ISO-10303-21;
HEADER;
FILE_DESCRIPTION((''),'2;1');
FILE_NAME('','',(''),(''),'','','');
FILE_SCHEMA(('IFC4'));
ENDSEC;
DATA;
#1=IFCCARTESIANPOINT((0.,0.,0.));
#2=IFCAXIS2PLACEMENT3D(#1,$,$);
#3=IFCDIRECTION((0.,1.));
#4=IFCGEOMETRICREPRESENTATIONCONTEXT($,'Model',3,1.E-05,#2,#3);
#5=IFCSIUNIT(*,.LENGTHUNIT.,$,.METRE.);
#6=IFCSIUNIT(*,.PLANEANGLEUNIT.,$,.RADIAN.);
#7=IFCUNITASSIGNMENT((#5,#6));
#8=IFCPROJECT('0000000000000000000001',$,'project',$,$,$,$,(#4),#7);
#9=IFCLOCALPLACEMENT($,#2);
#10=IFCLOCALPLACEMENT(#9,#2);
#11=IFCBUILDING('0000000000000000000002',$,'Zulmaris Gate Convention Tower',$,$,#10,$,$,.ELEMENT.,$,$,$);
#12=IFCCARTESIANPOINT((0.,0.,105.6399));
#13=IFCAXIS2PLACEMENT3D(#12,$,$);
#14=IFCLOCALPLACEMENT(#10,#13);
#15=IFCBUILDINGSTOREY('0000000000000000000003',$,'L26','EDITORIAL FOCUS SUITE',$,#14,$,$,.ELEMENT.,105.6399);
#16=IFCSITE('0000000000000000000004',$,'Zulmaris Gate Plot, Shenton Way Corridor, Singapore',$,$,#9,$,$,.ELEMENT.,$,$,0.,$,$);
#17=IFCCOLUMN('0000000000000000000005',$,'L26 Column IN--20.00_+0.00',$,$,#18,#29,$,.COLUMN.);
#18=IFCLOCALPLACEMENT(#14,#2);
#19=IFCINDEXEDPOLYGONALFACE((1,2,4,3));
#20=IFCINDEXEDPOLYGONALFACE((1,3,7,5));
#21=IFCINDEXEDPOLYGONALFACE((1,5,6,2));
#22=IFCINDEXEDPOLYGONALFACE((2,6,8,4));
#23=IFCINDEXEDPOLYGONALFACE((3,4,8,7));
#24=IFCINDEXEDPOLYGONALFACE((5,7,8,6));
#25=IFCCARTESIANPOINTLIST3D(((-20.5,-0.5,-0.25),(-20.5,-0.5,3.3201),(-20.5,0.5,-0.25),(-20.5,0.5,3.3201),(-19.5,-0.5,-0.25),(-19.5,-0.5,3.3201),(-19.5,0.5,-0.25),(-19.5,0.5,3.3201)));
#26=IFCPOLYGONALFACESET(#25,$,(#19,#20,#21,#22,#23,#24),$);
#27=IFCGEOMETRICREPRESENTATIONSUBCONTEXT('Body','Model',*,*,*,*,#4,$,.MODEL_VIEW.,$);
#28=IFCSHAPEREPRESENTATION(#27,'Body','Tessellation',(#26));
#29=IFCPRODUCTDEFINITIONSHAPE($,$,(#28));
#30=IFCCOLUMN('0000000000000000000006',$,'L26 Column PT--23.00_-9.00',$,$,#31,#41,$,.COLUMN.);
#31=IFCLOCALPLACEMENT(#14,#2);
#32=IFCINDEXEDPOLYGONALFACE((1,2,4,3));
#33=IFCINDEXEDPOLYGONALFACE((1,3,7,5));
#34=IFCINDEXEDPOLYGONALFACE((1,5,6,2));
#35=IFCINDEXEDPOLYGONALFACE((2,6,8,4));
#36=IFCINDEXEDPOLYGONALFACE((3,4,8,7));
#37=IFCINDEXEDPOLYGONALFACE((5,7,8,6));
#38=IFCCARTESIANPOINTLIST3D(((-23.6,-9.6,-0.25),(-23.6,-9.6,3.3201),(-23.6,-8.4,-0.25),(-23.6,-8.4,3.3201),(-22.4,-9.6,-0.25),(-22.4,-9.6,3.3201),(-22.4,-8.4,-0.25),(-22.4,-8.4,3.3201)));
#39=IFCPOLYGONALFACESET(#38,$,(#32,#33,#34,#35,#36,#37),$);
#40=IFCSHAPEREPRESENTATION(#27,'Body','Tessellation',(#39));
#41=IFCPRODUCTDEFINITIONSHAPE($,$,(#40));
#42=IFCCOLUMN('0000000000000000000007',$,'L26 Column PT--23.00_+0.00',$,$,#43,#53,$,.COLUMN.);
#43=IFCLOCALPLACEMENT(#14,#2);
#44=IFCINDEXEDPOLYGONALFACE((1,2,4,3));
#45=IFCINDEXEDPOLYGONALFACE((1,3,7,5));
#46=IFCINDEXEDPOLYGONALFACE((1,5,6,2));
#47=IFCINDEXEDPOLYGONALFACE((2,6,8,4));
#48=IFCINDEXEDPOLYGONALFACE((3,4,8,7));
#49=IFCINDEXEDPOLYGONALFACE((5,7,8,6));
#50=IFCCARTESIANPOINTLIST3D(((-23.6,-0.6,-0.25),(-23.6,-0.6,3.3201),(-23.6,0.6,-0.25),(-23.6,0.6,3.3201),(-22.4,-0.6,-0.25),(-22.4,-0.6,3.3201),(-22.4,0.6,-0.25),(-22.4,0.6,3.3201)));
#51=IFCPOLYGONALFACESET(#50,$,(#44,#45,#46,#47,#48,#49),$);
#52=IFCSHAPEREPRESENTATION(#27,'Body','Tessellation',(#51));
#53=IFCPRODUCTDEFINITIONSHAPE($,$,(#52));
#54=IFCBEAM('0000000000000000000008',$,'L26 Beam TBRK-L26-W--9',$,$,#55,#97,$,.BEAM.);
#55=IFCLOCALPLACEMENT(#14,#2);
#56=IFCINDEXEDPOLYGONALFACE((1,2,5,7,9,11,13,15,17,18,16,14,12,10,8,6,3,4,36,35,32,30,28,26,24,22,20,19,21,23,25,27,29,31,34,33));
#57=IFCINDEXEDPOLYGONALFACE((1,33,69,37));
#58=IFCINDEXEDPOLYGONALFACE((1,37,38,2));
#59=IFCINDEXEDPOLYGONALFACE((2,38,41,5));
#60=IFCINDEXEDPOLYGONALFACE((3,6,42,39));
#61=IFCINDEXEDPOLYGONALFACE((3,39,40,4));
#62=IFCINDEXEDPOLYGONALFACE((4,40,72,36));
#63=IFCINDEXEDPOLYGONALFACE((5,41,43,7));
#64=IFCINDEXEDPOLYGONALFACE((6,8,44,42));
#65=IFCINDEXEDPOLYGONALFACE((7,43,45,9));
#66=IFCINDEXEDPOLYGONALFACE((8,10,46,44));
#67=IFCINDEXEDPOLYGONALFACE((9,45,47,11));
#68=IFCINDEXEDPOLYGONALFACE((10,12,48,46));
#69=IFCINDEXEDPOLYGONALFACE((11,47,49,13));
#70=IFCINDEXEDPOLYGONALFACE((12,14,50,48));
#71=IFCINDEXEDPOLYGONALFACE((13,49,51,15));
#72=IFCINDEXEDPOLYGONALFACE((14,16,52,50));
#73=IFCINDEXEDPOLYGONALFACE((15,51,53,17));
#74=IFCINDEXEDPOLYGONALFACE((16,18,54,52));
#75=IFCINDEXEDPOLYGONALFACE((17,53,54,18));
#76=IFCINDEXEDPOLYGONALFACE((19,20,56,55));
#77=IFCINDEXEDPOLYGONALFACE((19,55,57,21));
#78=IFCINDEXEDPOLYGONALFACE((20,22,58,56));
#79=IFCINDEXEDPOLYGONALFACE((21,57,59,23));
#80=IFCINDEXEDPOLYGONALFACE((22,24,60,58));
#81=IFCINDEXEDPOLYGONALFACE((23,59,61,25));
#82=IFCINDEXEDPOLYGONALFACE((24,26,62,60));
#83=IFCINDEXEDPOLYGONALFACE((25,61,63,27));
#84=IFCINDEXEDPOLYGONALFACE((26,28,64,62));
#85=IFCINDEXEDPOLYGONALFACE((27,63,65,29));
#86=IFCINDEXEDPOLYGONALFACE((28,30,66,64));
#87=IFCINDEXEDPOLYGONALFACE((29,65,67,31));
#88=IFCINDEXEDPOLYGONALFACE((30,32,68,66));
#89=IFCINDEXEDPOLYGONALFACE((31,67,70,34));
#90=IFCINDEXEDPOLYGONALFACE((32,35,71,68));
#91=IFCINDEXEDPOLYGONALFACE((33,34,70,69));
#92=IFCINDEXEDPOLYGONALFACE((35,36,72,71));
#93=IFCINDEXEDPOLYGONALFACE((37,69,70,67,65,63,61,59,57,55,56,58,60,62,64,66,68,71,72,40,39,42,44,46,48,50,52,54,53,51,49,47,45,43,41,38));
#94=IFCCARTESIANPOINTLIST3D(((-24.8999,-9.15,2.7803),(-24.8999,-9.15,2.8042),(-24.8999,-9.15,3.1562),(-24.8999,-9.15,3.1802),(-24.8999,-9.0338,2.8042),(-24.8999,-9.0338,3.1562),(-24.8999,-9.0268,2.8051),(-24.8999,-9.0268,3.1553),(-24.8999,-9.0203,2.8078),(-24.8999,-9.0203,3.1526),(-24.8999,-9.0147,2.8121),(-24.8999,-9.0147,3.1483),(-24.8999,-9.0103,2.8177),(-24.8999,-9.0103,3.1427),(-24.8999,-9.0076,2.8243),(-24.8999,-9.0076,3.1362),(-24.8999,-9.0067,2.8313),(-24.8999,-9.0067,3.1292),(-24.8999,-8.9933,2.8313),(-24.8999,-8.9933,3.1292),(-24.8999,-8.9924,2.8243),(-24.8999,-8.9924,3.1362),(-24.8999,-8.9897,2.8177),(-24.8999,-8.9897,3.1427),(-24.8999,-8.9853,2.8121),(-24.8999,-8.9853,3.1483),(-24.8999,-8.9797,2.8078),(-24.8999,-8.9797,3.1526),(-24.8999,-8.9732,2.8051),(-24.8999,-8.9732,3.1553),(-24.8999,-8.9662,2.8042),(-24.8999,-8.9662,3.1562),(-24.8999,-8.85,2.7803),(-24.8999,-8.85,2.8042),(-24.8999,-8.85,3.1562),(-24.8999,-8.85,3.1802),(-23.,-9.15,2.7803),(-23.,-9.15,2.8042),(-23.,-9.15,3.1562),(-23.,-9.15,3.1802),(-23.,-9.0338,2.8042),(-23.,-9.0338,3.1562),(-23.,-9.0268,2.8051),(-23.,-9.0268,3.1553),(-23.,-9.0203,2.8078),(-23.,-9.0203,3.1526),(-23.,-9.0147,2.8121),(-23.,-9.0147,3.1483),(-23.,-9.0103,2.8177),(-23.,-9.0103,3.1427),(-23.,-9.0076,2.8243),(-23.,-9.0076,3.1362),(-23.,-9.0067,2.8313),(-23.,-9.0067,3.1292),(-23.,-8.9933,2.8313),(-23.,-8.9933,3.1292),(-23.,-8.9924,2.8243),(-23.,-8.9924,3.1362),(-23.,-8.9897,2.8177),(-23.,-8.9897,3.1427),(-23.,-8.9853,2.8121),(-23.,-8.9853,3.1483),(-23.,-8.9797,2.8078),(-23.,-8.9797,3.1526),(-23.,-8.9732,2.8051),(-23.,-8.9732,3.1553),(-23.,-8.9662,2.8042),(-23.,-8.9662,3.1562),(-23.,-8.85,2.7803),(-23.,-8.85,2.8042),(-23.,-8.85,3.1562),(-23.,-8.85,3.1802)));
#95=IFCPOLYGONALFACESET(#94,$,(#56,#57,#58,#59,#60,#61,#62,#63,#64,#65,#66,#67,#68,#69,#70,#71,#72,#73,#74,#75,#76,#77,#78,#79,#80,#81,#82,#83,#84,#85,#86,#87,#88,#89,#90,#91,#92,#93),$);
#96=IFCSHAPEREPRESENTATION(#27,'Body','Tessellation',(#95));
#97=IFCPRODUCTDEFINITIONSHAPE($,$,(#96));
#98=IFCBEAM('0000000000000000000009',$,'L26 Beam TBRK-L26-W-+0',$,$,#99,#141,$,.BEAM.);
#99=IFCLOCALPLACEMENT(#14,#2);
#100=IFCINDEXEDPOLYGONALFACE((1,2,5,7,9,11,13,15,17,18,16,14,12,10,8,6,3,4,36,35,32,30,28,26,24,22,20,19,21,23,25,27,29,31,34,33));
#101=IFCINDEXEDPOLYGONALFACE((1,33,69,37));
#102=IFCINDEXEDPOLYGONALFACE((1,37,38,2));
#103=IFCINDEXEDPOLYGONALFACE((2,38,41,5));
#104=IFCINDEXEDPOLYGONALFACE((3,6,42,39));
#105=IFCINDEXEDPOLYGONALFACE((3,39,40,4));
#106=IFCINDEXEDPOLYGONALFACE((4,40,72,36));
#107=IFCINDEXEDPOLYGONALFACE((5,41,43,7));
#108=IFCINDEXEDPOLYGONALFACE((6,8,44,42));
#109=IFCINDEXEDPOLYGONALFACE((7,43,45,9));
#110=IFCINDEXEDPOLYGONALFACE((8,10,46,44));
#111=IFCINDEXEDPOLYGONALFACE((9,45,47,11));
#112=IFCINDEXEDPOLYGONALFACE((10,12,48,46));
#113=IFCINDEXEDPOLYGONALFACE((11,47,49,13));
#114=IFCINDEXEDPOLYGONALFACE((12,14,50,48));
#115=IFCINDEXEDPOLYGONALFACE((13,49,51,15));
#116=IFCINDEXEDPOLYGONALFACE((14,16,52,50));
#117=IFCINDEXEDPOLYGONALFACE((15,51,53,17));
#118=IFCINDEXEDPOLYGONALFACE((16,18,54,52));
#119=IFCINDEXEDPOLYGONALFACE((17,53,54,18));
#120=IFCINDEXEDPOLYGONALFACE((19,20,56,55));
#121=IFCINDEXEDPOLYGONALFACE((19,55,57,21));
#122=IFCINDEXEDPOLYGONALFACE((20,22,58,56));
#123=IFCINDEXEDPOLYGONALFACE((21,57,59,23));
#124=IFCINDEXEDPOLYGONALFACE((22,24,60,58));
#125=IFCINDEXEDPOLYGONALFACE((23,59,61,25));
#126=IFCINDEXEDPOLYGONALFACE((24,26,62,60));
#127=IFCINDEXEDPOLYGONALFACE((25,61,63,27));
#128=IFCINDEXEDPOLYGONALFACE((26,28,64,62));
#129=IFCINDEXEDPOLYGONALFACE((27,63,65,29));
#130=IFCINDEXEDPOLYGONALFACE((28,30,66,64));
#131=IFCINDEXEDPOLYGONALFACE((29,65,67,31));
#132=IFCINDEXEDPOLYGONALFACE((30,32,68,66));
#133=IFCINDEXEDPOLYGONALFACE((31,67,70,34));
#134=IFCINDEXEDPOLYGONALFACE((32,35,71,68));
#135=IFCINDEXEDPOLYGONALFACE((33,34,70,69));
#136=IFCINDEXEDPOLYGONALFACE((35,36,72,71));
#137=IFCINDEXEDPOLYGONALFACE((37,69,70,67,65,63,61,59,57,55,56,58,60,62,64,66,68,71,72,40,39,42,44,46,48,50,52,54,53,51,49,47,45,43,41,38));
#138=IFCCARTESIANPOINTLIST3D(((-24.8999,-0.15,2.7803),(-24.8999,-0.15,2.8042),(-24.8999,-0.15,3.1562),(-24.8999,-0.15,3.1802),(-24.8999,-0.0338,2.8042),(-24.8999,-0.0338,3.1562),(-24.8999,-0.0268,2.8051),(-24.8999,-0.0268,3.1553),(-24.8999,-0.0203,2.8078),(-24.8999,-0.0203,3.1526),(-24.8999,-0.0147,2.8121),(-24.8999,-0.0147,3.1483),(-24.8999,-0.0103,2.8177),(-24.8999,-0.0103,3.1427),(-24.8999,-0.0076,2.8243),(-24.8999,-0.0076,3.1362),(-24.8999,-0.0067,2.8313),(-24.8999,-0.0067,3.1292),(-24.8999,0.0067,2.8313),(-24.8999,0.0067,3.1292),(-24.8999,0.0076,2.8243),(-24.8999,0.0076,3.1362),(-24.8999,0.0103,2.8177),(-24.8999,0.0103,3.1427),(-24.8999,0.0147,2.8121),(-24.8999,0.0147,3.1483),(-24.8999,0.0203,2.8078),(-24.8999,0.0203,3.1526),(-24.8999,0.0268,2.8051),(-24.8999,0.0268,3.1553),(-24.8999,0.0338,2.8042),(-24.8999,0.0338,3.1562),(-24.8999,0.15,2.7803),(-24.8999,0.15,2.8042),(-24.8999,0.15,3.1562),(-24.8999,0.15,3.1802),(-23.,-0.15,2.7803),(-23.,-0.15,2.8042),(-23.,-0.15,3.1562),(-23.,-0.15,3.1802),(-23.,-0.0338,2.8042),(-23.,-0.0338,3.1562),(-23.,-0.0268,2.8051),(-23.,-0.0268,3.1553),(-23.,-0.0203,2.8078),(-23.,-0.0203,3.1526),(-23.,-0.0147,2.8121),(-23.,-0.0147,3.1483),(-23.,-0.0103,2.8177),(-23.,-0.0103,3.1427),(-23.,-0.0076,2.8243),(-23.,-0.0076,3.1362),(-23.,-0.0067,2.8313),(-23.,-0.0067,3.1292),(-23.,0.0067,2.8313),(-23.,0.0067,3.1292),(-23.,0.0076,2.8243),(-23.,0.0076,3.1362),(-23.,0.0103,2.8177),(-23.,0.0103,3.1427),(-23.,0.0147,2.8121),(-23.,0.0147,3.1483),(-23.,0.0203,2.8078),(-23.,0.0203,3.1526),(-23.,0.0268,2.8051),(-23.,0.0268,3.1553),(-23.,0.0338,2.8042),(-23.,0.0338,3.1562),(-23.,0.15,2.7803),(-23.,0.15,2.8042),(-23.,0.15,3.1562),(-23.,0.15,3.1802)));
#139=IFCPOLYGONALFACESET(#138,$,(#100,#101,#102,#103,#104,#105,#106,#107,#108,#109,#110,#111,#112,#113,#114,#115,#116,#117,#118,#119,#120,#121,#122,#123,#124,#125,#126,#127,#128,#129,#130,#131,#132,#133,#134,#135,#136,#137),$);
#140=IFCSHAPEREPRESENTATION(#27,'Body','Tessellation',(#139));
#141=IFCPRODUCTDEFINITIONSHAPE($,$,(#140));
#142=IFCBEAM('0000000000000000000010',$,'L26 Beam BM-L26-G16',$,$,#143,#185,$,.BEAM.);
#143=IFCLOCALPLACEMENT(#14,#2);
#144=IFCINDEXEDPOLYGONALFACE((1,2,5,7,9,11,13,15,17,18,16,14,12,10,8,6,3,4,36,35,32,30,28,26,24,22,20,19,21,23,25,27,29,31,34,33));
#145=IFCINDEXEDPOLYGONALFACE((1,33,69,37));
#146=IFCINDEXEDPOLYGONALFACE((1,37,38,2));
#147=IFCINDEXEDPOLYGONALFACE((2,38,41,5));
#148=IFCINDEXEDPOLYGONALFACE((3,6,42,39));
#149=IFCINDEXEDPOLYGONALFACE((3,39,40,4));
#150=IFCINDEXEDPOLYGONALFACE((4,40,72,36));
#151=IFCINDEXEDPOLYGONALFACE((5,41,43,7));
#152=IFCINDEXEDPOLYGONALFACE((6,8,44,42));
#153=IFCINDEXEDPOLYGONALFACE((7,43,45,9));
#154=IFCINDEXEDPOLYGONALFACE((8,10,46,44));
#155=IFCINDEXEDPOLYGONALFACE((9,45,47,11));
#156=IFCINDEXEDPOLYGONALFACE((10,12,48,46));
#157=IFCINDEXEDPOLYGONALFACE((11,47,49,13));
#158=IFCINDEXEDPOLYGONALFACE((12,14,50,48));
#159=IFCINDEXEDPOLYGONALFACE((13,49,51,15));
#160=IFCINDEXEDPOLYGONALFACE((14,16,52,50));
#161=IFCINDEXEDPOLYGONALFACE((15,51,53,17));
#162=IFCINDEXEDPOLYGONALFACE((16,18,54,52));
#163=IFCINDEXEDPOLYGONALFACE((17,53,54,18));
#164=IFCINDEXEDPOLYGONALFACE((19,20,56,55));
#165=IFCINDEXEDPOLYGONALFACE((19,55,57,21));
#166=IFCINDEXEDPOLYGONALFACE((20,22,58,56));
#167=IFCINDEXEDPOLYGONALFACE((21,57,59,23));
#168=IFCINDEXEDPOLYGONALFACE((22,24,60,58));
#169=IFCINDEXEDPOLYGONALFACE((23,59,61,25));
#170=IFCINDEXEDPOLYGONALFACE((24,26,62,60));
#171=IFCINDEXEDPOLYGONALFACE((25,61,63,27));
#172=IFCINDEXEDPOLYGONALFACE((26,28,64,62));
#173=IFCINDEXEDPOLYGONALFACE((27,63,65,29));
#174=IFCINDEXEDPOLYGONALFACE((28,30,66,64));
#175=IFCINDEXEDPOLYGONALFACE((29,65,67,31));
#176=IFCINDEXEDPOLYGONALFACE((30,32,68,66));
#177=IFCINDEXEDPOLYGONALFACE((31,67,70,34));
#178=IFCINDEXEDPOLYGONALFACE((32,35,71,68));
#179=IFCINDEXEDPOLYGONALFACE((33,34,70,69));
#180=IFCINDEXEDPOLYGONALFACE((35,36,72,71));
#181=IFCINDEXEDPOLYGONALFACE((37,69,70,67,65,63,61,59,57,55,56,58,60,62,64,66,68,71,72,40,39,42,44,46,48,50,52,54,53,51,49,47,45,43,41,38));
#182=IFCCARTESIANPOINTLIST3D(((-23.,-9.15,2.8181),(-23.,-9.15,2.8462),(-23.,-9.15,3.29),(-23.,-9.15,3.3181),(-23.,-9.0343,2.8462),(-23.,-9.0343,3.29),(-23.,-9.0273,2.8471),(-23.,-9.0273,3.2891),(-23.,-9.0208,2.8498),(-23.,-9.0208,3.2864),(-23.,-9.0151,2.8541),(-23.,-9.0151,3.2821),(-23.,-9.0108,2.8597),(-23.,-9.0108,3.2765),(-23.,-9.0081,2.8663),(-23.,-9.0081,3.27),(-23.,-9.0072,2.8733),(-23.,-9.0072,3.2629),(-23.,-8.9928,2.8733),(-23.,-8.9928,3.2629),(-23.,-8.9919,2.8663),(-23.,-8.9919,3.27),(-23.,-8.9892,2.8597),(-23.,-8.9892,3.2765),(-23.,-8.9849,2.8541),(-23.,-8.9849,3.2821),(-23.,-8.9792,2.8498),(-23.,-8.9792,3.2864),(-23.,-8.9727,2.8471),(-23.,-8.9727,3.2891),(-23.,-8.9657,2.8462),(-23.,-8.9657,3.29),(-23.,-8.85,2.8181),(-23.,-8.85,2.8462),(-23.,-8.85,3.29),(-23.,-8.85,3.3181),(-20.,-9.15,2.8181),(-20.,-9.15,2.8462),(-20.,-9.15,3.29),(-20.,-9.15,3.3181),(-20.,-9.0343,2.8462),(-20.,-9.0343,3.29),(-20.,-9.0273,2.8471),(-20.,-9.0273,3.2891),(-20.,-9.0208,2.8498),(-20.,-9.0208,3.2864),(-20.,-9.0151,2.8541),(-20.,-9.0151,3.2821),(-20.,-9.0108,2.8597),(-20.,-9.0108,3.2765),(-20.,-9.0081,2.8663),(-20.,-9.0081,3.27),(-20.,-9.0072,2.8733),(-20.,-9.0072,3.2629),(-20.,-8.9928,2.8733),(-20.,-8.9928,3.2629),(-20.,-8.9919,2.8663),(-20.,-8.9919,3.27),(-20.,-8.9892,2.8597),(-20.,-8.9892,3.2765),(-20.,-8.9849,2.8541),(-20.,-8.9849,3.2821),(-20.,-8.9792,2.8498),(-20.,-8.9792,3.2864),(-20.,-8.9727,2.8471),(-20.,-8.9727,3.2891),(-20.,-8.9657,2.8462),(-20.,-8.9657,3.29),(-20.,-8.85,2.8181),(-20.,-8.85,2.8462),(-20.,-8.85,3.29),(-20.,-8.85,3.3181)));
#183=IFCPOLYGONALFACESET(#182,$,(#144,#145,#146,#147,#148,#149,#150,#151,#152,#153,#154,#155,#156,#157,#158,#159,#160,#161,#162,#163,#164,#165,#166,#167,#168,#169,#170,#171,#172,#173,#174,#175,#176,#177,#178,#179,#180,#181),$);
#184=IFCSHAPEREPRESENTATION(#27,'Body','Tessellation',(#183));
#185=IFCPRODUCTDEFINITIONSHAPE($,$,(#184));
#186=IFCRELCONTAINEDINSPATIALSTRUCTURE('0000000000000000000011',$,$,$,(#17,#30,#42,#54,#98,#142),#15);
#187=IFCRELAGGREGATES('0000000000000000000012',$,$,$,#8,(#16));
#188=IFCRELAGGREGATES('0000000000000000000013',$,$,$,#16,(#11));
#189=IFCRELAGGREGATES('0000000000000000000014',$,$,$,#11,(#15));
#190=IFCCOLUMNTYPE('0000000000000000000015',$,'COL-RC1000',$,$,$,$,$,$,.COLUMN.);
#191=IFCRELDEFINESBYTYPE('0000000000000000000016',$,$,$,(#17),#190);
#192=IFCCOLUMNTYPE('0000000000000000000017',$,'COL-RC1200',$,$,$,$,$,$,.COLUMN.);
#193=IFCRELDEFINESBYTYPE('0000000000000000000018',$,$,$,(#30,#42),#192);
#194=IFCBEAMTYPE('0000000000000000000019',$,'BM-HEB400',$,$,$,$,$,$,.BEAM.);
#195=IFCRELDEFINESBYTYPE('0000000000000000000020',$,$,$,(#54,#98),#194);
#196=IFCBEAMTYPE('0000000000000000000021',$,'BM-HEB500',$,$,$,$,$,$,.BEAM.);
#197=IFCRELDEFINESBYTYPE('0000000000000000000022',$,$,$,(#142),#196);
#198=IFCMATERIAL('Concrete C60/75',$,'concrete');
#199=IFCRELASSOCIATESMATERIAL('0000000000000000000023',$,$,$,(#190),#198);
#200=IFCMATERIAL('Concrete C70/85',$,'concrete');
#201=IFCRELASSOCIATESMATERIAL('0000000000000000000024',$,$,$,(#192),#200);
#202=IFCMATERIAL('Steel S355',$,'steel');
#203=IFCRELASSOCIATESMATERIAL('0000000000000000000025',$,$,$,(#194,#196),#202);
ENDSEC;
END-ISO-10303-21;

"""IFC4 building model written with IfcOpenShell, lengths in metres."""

from ifc_helpers import new_model, si_unit, direction, frame, origin, origin_2d, place, context, subcontext, project, spatial, rectangle, i_section, extrude, material, material_profile, profile_set, type_object, element, save


model = new_model("IFC4")

# Units and contexts
model_context = context("Model", 3, precision=1e-05, world=origin(), true_north=direction((0.0, 1.0)))
body_context = subcontext(model_context, "Body", "Model", "MODEL_VIEW")
ifc_project = project(units=[si_unit("LENGTHUNIT", "METRE"), si_unit("PLANEANGLEUNIT", "RADIAN")], contexts=[model_context])

# Site, building, storey
site_placement = place(None, origin())
site = spatial("IfcSite", under=ifc_project, at=site_placement, Name="Zulmaris Gate Plot, Shenton Way Corridor, Singapore", CompositionType="ELEMENT", RefElevation=0.0)
building_placement = place(site_placement, origin())
building = spatial("IfcBuilding", under=site, at=building_placement, Name="Zulmaris Gate Convention Tower", CompositionType="ELEMENT")
storey_placement = place(building_placement, frame((0.0, 0.0, 105.6399)))
storey = spatial("IfcBuildingStorey", under=building, at=storey_placement, Name="L26", Description="EDITORIAL FOCUS SUITE", CompositionType="ELEMENT", Elevation=105.6399)

# Columns
ifc_material_1 = material(Name="Concrete C60/75", Category="concrete")
ifc_material_profile_1 = material_profile(ifc_material_1, rectangle(XDim=1.0, YDim=1.0, at=origin_2d()), Name="RC COL 1000x1000")
ifc_profile_set_1 = profile_set([ifc_material_profile_1], Name="Concrete C60/75")
column_type_1 = type_object("IfcColumnType", Name="COL-RC1000", PredefinedType="COLUMN", material=ifc_profile_set_1)
column_placement = place(storey_placement, frame((-20.0, 0.0, -0.25), z_axis=(0.0, 0.0, 1.0), x_axis=(1.0, 0.0, 0.0)))
element("IfcColumn", 1, at=column_placement, inside=storey, type_object=column_type_1, Name="L26 Column IN--20.00_+0.00", PredefinedType="COLUMN", context=body_context, shape_type="SweptSolid", body=[
    extrude(rectangle(XDim=1.0, YDim=1.0, at=origin_2d()), origin(), (0.0, 0.0, 1.0), 3.5701),
])
ifc_material_2 = material(Name="Concrete C70/85", Category="concrete")
ifc_material_profile_2 = material_profile(ifc_material_2, rectangle(XDim=1.2, YDim=1.2, at=origin_2d()), Name="RC COL 1200x1200")
ifc_profile_set_2 = profile_set([ifc_material_profile_2], Name="Concrete C70/85")
column_type_2 = type_object("IfcColumnType", Name="COL-RC1200", PredefinedType="COLUMN", material=ifc_profile_set_2)
for number, where, z_axis, x_axis, name in (
    (2, (-23.0, -9.0, -0.25), (0.0, 0.0, 1.0), (1.0, 0.0, 0.0), "L26 Column PT--23.00_-9.00"),
    (3, (-23.0, 0.0, -0.25), (0.0, 0.0, 1.0), (1.0, 0.0, 0.0), "L26 Column PT--23.00_+0.00"),
):
    element("IfcColumn", number, at=place(storey_placement, frame(where, z_axis=z_axis, x_axis=x_axis)), inside=storey, type_object=column_type_2, Name=name, PredefinedType="COLUMN", context=body_context, shape_type="SweptSolid", body=[
        extrude(rectangle(XDim=1.2, YDim=1.2, at=origin_2d()), origin(), (0.0, 0.0, 1.0), 3.5701),
    ])

# Beams
ifc_material_3 = material(Name="Steel S355", Category="steel")
ifc_material_profile_3 = material_profile(ifc_material_3, i_section(OverallWidth=0.3, OverallDepth=0.3999, WebThickness=0.0134, FlangeThickness=0.0239, FilletRadius=0.0271, at=origin_2d()), Name="HEB 400")
ifc_profile_set_3 = profile_set([ifc_material_profile_3], Name="Steel S355")
beam_type_1 = type_object("IfcBeamType", Name="BM-HEB400", PredefinedType="BEAM", material=ifc_profile_set_3)
for number, where, z_axis, x_axis, name in (
    (4, (-24.8999, -9.0, 2.9802), (1.0, 0.0, 0.0), (0.0, 1.0, 0.0), "L26 Beam TBRK-L26-W--9"),
    (5, (-24.8999, 0.0, 2.9802), (1.0, 0.0, 0.0), (0.0, 1.0, 0.0), "L26 Beam TBRK-L26-W-+0"),
):
    element("IfcBeam", number, at=place(storey_placement, frame(where, z_axis=z_axis, x_axis=x_axis)), inside=storey, type_object=beam_type_1, Name=name, PredefinedType="BEAM", context=body_context, shape_type="SweptSolid", body=[
        extrude(i_section(OverallWidth=0.3, OverallDepth=0.3999, WebThickness=0.0134, FlangeThickness=0.0239, FilletRadius=0.0271, at=origin_2d()), origin(), (0.0, 0.0, 1.0), 1.8999),
    ])
ifc_material_profile_4 = material_profile(ifc_material_3, i_section(OverallWidth=0.3, OverallDepth=0.5, WebThickness=0.0144, FlangeThickness=0.0281, FilletRadius=0.0271, at=origin_2d()), Name="HEB 500")
ifc_profile_set_4 = profile_set([ifc_material_profile_4], Name="Steel S355")
beam_type_2 = type_object("IfcBeamType", Name="BM-HEB500", PredefinedType="BEAM", material=ifc_profile_set_4)
for number, where, z_axis, x_axis, name in (
    (6, (-23.0, -9.0, 3.0681), (1.0, 0.0, 0.0), (0.0, 1.0, 0.0), "L26 Beam BM-L26-G16"),
):
    element("IfcBeam", number, at=place(storey_placement, frame(where, z_axis=z_axis, x_axis=x_axis)), inside=storey, type_object=beam_type_2, Name=name, PredefinedType="BEAM", context=body_context, shape_type="SweptSolid", body=[
        extrude(i_section(OverallWidth=0.3, OverallDepth=0.5, WebThickness=0.0144, FlangeThickness=0.0281, FilletRadius=0.0271, at=origin_2d()), origin(), (0.0, 0.0, 1.0), 3.0),
    ])

save(model, "model.ifc")
